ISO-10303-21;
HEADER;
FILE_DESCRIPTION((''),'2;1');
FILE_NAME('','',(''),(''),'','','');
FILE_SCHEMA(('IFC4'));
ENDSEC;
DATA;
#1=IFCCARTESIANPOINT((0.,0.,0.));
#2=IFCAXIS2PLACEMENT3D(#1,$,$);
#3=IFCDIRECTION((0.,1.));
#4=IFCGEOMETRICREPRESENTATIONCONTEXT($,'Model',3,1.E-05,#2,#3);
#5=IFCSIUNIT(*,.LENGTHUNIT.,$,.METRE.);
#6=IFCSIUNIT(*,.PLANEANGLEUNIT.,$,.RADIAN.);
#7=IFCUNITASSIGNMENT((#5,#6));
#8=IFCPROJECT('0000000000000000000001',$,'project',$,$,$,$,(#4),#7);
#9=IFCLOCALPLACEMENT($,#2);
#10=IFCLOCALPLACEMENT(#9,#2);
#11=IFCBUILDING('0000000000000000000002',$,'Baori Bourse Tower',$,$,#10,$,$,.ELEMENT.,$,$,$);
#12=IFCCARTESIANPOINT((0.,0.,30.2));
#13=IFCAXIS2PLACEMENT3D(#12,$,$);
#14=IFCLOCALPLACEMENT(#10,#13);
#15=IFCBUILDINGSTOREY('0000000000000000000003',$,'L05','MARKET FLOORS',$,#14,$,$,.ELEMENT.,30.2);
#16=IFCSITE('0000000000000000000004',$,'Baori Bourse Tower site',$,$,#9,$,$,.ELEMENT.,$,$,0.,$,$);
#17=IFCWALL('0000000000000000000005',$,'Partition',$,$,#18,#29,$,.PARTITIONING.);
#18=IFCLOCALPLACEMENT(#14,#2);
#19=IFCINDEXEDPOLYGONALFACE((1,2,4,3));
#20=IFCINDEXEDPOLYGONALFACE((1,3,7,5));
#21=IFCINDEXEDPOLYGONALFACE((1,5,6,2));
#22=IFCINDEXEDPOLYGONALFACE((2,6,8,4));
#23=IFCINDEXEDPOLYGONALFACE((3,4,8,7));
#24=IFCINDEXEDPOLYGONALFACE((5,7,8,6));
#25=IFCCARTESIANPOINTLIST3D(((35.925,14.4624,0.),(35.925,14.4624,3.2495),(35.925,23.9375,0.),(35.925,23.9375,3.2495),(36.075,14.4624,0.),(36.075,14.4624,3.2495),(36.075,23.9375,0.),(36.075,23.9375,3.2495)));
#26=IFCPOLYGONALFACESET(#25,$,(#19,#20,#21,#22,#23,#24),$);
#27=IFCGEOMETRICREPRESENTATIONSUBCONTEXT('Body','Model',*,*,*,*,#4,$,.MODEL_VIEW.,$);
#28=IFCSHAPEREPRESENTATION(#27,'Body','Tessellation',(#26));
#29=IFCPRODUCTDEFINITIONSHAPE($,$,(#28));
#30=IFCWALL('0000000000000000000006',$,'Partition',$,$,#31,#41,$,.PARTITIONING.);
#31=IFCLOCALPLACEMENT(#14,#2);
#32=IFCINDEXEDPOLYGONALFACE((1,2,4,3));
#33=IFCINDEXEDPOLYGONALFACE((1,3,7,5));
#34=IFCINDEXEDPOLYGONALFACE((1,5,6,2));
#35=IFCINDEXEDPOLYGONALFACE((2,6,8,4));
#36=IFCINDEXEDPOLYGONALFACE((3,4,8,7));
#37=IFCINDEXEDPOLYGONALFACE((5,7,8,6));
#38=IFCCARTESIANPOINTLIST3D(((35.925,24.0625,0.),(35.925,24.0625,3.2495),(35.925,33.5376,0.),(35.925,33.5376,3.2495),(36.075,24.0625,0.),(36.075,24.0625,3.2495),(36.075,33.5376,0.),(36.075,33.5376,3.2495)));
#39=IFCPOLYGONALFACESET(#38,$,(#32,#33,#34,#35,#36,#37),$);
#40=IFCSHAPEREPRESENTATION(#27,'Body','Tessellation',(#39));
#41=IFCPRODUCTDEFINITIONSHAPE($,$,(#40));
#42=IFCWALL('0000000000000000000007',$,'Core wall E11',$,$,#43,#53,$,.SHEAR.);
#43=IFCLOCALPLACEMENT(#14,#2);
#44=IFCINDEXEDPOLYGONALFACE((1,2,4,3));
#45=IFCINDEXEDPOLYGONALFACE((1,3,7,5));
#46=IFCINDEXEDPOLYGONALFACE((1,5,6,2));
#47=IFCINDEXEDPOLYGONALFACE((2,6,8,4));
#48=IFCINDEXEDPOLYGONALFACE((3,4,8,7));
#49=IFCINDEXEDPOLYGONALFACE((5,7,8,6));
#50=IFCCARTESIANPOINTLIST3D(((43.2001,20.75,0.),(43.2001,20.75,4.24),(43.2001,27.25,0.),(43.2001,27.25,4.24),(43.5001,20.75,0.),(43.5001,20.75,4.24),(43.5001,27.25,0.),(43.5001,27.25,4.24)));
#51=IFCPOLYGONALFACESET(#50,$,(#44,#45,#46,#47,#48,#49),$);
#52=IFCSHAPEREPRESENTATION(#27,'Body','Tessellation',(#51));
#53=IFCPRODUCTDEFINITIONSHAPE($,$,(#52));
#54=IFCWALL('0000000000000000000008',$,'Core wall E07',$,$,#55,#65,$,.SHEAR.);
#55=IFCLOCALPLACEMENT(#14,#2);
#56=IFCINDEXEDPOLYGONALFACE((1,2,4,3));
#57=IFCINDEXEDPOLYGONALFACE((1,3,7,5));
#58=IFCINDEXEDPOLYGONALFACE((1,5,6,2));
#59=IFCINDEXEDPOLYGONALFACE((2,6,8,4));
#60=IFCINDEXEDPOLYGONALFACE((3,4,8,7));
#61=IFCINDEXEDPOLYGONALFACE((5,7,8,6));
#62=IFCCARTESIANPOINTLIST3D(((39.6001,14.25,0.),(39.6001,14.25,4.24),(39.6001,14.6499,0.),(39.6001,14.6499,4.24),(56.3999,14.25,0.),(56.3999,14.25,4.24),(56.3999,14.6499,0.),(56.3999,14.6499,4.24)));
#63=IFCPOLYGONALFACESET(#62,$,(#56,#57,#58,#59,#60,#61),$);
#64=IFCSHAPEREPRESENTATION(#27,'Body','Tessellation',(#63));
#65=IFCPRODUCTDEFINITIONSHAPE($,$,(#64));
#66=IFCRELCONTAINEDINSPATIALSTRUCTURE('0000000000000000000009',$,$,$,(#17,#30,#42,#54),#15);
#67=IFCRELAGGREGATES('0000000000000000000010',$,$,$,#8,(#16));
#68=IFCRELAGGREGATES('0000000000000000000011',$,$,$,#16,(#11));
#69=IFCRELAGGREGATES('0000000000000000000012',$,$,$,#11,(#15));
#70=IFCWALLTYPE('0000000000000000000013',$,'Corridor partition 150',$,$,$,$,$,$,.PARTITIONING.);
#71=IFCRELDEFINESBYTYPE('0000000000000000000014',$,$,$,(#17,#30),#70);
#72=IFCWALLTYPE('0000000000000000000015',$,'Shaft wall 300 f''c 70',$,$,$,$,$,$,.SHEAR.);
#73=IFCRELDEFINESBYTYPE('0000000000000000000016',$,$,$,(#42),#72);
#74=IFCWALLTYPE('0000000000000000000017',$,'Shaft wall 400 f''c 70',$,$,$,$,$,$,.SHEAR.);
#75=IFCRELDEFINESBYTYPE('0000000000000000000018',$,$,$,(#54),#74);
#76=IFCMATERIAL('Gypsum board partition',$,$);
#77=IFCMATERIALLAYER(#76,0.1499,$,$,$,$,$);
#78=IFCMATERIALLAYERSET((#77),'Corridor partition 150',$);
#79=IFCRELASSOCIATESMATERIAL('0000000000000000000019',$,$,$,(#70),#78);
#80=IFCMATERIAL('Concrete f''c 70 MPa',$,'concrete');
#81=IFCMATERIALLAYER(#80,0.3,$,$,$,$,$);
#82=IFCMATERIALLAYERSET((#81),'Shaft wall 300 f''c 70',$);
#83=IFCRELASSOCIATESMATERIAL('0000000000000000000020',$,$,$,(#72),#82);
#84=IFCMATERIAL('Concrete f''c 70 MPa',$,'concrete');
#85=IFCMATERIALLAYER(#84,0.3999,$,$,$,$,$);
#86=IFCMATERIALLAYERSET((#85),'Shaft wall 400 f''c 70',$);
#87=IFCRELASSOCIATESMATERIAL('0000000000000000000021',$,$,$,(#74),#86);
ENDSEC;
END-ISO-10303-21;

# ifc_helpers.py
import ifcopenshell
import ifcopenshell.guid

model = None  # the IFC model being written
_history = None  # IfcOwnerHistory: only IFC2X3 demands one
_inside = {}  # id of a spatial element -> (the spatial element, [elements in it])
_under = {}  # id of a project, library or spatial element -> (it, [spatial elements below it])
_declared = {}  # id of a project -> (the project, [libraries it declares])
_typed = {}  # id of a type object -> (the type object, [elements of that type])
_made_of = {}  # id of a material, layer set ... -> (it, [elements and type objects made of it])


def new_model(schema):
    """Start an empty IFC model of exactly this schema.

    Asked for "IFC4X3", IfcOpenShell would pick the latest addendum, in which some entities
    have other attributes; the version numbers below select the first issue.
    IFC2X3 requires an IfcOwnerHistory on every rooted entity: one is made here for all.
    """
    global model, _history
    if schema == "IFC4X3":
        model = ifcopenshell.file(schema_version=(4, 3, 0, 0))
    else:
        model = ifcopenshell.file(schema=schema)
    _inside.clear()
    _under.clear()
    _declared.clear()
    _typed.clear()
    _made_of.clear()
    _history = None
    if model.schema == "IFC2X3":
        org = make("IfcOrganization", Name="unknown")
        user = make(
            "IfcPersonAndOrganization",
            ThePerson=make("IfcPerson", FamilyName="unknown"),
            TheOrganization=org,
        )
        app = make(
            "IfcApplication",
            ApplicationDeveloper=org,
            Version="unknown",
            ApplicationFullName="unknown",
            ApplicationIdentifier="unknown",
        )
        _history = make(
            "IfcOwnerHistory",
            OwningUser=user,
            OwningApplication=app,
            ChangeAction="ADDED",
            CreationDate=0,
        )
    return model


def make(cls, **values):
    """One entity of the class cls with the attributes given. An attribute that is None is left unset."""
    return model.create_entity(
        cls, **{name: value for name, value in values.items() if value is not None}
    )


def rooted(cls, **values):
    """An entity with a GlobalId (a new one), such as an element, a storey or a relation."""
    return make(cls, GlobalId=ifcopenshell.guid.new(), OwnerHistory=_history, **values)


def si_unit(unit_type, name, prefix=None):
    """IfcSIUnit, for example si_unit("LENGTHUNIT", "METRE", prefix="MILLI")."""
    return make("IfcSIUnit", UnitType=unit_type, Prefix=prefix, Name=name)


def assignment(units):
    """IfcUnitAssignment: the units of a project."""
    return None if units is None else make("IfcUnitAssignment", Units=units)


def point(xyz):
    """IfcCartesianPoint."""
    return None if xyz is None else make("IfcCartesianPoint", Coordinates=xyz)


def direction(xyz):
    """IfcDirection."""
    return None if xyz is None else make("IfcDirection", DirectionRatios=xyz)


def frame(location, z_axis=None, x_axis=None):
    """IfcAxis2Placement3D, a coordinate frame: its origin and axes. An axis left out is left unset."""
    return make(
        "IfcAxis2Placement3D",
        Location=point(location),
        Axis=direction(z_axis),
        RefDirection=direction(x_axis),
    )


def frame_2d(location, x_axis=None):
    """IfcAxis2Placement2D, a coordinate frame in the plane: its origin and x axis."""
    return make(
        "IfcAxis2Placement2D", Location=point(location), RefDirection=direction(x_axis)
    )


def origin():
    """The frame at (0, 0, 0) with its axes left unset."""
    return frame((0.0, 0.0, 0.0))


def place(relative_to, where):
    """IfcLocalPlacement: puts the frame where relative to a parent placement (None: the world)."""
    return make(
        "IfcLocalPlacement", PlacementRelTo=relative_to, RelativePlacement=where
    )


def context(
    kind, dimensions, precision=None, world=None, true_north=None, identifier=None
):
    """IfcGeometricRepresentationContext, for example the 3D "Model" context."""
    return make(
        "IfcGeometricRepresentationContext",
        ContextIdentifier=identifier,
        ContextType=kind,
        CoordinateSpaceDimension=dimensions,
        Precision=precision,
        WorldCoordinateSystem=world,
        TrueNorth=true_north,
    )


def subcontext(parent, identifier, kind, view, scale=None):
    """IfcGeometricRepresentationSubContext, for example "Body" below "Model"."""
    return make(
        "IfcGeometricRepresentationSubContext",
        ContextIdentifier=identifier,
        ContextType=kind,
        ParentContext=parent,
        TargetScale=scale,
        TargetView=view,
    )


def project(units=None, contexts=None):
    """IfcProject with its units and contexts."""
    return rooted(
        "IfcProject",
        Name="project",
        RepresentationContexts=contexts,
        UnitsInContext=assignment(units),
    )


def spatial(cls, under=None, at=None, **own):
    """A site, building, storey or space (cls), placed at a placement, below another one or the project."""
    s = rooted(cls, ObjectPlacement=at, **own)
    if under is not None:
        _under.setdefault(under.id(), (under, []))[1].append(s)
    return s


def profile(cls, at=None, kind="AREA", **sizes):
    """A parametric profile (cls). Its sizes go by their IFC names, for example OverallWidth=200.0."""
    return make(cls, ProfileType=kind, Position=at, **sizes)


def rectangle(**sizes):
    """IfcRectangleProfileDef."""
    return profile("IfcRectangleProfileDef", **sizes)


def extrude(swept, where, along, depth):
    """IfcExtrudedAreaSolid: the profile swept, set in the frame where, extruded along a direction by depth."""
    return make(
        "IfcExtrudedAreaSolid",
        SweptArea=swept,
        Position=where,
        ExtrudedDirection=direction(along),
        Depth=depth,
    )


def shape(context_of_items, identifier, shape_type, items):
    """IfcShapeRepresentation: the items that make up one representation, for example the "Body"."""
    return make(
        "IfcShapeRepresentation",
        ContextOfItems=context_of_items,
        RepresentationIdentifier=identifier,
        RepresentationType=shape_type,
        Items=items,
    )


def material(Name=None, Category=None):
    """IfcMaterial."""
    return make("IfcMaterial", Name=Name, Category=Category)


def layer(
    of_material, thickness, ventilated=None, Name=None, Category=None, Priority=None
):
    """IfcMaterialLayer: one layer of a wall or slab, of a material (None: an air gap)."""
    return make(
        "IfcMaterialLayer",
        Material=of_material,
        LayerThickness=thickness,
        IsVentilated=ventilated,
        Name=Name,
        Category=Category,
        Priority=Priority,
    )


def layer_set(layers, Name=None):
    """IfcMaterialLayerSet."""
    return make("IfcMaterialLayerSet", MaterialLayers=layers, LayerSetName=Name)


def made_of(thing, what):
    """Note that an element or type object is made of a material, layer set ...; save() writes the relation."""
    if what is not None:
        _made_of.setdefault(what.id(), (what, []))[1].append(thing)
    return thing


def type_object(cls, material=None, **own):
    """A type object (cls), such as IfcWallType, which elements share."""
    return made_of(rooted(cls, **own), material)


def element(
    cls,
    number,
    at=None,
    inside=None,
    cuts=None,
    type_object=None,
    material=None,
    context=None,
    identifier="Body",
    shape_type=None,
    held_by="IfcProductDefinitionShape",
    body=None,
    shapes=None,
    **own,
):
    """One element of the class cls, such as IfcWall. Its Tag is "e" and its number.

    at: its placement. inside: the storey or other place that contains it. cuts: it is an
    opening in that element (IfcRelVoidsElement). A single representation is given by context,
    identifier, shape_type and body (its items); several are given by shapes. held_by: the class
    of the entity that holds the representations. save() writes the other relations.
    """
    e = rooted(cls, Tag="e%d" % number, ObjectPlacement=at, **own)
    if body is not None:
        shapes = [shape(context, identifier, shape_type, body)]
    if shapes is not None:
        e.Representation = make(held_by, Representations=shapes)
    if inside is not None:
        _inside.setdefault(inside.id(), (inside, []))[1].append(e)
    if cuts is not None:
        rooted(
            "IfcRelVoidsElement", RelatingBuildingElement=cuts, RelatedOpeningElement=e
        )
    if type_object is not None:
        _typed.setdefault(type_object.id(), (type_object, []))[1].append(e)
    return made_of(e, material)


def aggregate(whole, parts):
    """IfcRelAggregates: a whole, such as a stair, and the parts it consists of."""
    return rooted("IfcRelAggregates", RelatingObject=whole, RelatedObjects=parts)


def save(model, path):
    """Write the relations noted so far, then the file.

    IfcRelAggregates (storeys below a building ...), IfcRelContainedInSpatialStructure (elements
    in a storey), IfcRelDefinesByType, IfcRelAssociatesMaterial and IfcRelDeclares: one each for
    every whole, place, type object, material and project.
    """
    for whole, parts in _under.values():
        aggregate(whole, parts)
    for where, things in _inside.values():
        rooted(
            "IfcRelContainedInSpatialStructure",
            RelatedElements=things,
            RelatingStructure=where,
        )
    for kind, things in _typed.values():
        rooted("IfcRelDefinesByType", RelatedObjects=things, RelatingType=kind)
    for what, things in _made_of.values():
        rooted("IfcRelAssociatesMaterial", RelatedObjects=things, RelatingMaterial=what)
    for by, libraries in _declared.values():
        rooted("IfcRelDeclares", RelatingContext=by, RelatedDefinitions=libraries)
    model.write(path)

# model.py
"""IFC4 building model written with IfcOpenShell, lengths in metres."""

from ifc_helpers import new_model, si_unit, direction, frame, frame_2d, origin, place, context, subcontext, project, spatial, rectangle, extrude, material, layer, layer_set, type_object, element, save


model = new_model("IFC4")

# Units and contexts
model_context = context("Model", 3, precision=1e-05, world=origin(), true_north=direction((0.0, 1.0)))
body_context = subcontext(model_context, "Body", "Model", "MODEL_VIEW")
ifc_project = project(units=[si_unit("LENGTHUNIT", "METRE"), si_unit("PLANEANGLEUNIT", "RADIAN")], contexts=[model_context])

# Site, building, storey
site_placement = place(None, origin())
site = spatial("IfcSite", under=ifc_project, at=site_placement, Name="Baori Bourse Tower site", CompositionType="ELEMENT", RefElevation=0.0)
building_placement = place(site_placement, origin())
building = spatial("IfcBuilding", under=site, at=building_placement, Name="Baori Bourse Tower", CompositionType="ELEMENT")
storey_placement = place(building_placement, frame((0.0, 0.0, 30.2)))
storey = spatial("IfcBuildingStorey", under=building, at=storey_placement, Name="L05", Description="MARKET FLOORS", CompositionType="ELEMENT", Elevation=30.2)

# Walls
ifc_material_1 = material(Name="Gypsum board partition")
ifc_layer_1 = layer(ifc_material_1, 0.1499)
ifc_layer_set_1 = layer_set([ifc_layer_1], Name="Corridor partition 150")
wall_type_1 = type_object("IfcWallType", Name="Corridor partition 150", PredefinedType="PARTITIONING", material=ifc_layer_set_1)
for number, where, z_axis, x_axis, name in (
    (1, (36.0, 14.4624, 0.0), (0.0, 0.0, 1.0), (0.0, 1.0, 0.0), "Partition"),
    (2, (36.0, 24.0625, 0.0), (0.0, 0.0, 1.0), (0.0, 1.0, 0.0), "Partition"),
):
    element("IfcWall", number, at=place(storey_placement, frame(where, z_axis=z_axis, x_axis=x_axis)), inside=storey, type_object=wall_type_1, Name=name, PredefinedType="PARTITIONING", context=body_context, shape_type="SweptSolid", body=[
        extrude(rectangle(XDim=9.4751, YDim=0.1499, at=frame_2d((4.7375, 0.0))), origin(), (0.0, 0.0, 1.0), 3.2495),
    ])
ifc_material_2 = material(Name="Concrete f'c 70 MPa", Category="concrete")
ifc_layer_2 = layer(ifc_material_2, 0.3)
ifc_layer_set_2 = layer_set([ifc_layer_2], Name="Shaft wall 300 f'c 70")
wall_type_2 = type_object("IfcWallType", Name="Shaft wall 300 f'c 70", PredefinedType="SHEAR", material=ifc_layer_set_2)
wall_1_placement = place(storey_placement, frame((43.3501, 20.75, 0.0), z_axis=(0.0, 0.0, 1.0), x_axis=(0.0, 1.0, 0.0)))
element("IfcWall", 3, at=wall_1_placement, inside=storey, type_object=wall_type_2, Name="Core wall E11", PredefinedType="SHEAR", context=body_context, shape_type="SweptSolid", body=[
    extrude(rectangle(XDim=6.5, YDim=0.3, at=frame_2d((3.25, 0.0))), origin(), (0.0, 0.0, 1.0), 4.24),
])
ifc_material_3 = material(Name="Concrete f'c 70 MPa", Category="concrete")
ifc_layer_3 = layer(ifc_material_3, 0.3999)
ifc_layer_set_3 = layer_set([ifc_layer_3], Name="Shaft wall 400 f'c 70")
wall_type_3 = type_object("IfcWallType", Name="Shaft wall 400 f'c 70", PredefinedType="SHEAR", material=ifc_layer_set_3)
wall_2_placement = place(storey_placement, frame((39.6001, 14.45, 0.0), z_axis=(0.0, 0.0, 1.0), x_axis=(1.0, 0.0, 0.0)))
element("IfcWall", 4, at=wall_2_placement, inside=storey, type_object=wall_type_3, Name="Core wall E07", PredefinedType="SHEAR", context=body_context, shape_type="SweptSolid", body=[
    extrude(rectangle(XDim=16.7998, YDim=0.3999, at=frame_2d((8.3999, 0.0))), origin(), (0.0, 0.0, 1.0), 4.24),
])

save(model, "model.ifc")
